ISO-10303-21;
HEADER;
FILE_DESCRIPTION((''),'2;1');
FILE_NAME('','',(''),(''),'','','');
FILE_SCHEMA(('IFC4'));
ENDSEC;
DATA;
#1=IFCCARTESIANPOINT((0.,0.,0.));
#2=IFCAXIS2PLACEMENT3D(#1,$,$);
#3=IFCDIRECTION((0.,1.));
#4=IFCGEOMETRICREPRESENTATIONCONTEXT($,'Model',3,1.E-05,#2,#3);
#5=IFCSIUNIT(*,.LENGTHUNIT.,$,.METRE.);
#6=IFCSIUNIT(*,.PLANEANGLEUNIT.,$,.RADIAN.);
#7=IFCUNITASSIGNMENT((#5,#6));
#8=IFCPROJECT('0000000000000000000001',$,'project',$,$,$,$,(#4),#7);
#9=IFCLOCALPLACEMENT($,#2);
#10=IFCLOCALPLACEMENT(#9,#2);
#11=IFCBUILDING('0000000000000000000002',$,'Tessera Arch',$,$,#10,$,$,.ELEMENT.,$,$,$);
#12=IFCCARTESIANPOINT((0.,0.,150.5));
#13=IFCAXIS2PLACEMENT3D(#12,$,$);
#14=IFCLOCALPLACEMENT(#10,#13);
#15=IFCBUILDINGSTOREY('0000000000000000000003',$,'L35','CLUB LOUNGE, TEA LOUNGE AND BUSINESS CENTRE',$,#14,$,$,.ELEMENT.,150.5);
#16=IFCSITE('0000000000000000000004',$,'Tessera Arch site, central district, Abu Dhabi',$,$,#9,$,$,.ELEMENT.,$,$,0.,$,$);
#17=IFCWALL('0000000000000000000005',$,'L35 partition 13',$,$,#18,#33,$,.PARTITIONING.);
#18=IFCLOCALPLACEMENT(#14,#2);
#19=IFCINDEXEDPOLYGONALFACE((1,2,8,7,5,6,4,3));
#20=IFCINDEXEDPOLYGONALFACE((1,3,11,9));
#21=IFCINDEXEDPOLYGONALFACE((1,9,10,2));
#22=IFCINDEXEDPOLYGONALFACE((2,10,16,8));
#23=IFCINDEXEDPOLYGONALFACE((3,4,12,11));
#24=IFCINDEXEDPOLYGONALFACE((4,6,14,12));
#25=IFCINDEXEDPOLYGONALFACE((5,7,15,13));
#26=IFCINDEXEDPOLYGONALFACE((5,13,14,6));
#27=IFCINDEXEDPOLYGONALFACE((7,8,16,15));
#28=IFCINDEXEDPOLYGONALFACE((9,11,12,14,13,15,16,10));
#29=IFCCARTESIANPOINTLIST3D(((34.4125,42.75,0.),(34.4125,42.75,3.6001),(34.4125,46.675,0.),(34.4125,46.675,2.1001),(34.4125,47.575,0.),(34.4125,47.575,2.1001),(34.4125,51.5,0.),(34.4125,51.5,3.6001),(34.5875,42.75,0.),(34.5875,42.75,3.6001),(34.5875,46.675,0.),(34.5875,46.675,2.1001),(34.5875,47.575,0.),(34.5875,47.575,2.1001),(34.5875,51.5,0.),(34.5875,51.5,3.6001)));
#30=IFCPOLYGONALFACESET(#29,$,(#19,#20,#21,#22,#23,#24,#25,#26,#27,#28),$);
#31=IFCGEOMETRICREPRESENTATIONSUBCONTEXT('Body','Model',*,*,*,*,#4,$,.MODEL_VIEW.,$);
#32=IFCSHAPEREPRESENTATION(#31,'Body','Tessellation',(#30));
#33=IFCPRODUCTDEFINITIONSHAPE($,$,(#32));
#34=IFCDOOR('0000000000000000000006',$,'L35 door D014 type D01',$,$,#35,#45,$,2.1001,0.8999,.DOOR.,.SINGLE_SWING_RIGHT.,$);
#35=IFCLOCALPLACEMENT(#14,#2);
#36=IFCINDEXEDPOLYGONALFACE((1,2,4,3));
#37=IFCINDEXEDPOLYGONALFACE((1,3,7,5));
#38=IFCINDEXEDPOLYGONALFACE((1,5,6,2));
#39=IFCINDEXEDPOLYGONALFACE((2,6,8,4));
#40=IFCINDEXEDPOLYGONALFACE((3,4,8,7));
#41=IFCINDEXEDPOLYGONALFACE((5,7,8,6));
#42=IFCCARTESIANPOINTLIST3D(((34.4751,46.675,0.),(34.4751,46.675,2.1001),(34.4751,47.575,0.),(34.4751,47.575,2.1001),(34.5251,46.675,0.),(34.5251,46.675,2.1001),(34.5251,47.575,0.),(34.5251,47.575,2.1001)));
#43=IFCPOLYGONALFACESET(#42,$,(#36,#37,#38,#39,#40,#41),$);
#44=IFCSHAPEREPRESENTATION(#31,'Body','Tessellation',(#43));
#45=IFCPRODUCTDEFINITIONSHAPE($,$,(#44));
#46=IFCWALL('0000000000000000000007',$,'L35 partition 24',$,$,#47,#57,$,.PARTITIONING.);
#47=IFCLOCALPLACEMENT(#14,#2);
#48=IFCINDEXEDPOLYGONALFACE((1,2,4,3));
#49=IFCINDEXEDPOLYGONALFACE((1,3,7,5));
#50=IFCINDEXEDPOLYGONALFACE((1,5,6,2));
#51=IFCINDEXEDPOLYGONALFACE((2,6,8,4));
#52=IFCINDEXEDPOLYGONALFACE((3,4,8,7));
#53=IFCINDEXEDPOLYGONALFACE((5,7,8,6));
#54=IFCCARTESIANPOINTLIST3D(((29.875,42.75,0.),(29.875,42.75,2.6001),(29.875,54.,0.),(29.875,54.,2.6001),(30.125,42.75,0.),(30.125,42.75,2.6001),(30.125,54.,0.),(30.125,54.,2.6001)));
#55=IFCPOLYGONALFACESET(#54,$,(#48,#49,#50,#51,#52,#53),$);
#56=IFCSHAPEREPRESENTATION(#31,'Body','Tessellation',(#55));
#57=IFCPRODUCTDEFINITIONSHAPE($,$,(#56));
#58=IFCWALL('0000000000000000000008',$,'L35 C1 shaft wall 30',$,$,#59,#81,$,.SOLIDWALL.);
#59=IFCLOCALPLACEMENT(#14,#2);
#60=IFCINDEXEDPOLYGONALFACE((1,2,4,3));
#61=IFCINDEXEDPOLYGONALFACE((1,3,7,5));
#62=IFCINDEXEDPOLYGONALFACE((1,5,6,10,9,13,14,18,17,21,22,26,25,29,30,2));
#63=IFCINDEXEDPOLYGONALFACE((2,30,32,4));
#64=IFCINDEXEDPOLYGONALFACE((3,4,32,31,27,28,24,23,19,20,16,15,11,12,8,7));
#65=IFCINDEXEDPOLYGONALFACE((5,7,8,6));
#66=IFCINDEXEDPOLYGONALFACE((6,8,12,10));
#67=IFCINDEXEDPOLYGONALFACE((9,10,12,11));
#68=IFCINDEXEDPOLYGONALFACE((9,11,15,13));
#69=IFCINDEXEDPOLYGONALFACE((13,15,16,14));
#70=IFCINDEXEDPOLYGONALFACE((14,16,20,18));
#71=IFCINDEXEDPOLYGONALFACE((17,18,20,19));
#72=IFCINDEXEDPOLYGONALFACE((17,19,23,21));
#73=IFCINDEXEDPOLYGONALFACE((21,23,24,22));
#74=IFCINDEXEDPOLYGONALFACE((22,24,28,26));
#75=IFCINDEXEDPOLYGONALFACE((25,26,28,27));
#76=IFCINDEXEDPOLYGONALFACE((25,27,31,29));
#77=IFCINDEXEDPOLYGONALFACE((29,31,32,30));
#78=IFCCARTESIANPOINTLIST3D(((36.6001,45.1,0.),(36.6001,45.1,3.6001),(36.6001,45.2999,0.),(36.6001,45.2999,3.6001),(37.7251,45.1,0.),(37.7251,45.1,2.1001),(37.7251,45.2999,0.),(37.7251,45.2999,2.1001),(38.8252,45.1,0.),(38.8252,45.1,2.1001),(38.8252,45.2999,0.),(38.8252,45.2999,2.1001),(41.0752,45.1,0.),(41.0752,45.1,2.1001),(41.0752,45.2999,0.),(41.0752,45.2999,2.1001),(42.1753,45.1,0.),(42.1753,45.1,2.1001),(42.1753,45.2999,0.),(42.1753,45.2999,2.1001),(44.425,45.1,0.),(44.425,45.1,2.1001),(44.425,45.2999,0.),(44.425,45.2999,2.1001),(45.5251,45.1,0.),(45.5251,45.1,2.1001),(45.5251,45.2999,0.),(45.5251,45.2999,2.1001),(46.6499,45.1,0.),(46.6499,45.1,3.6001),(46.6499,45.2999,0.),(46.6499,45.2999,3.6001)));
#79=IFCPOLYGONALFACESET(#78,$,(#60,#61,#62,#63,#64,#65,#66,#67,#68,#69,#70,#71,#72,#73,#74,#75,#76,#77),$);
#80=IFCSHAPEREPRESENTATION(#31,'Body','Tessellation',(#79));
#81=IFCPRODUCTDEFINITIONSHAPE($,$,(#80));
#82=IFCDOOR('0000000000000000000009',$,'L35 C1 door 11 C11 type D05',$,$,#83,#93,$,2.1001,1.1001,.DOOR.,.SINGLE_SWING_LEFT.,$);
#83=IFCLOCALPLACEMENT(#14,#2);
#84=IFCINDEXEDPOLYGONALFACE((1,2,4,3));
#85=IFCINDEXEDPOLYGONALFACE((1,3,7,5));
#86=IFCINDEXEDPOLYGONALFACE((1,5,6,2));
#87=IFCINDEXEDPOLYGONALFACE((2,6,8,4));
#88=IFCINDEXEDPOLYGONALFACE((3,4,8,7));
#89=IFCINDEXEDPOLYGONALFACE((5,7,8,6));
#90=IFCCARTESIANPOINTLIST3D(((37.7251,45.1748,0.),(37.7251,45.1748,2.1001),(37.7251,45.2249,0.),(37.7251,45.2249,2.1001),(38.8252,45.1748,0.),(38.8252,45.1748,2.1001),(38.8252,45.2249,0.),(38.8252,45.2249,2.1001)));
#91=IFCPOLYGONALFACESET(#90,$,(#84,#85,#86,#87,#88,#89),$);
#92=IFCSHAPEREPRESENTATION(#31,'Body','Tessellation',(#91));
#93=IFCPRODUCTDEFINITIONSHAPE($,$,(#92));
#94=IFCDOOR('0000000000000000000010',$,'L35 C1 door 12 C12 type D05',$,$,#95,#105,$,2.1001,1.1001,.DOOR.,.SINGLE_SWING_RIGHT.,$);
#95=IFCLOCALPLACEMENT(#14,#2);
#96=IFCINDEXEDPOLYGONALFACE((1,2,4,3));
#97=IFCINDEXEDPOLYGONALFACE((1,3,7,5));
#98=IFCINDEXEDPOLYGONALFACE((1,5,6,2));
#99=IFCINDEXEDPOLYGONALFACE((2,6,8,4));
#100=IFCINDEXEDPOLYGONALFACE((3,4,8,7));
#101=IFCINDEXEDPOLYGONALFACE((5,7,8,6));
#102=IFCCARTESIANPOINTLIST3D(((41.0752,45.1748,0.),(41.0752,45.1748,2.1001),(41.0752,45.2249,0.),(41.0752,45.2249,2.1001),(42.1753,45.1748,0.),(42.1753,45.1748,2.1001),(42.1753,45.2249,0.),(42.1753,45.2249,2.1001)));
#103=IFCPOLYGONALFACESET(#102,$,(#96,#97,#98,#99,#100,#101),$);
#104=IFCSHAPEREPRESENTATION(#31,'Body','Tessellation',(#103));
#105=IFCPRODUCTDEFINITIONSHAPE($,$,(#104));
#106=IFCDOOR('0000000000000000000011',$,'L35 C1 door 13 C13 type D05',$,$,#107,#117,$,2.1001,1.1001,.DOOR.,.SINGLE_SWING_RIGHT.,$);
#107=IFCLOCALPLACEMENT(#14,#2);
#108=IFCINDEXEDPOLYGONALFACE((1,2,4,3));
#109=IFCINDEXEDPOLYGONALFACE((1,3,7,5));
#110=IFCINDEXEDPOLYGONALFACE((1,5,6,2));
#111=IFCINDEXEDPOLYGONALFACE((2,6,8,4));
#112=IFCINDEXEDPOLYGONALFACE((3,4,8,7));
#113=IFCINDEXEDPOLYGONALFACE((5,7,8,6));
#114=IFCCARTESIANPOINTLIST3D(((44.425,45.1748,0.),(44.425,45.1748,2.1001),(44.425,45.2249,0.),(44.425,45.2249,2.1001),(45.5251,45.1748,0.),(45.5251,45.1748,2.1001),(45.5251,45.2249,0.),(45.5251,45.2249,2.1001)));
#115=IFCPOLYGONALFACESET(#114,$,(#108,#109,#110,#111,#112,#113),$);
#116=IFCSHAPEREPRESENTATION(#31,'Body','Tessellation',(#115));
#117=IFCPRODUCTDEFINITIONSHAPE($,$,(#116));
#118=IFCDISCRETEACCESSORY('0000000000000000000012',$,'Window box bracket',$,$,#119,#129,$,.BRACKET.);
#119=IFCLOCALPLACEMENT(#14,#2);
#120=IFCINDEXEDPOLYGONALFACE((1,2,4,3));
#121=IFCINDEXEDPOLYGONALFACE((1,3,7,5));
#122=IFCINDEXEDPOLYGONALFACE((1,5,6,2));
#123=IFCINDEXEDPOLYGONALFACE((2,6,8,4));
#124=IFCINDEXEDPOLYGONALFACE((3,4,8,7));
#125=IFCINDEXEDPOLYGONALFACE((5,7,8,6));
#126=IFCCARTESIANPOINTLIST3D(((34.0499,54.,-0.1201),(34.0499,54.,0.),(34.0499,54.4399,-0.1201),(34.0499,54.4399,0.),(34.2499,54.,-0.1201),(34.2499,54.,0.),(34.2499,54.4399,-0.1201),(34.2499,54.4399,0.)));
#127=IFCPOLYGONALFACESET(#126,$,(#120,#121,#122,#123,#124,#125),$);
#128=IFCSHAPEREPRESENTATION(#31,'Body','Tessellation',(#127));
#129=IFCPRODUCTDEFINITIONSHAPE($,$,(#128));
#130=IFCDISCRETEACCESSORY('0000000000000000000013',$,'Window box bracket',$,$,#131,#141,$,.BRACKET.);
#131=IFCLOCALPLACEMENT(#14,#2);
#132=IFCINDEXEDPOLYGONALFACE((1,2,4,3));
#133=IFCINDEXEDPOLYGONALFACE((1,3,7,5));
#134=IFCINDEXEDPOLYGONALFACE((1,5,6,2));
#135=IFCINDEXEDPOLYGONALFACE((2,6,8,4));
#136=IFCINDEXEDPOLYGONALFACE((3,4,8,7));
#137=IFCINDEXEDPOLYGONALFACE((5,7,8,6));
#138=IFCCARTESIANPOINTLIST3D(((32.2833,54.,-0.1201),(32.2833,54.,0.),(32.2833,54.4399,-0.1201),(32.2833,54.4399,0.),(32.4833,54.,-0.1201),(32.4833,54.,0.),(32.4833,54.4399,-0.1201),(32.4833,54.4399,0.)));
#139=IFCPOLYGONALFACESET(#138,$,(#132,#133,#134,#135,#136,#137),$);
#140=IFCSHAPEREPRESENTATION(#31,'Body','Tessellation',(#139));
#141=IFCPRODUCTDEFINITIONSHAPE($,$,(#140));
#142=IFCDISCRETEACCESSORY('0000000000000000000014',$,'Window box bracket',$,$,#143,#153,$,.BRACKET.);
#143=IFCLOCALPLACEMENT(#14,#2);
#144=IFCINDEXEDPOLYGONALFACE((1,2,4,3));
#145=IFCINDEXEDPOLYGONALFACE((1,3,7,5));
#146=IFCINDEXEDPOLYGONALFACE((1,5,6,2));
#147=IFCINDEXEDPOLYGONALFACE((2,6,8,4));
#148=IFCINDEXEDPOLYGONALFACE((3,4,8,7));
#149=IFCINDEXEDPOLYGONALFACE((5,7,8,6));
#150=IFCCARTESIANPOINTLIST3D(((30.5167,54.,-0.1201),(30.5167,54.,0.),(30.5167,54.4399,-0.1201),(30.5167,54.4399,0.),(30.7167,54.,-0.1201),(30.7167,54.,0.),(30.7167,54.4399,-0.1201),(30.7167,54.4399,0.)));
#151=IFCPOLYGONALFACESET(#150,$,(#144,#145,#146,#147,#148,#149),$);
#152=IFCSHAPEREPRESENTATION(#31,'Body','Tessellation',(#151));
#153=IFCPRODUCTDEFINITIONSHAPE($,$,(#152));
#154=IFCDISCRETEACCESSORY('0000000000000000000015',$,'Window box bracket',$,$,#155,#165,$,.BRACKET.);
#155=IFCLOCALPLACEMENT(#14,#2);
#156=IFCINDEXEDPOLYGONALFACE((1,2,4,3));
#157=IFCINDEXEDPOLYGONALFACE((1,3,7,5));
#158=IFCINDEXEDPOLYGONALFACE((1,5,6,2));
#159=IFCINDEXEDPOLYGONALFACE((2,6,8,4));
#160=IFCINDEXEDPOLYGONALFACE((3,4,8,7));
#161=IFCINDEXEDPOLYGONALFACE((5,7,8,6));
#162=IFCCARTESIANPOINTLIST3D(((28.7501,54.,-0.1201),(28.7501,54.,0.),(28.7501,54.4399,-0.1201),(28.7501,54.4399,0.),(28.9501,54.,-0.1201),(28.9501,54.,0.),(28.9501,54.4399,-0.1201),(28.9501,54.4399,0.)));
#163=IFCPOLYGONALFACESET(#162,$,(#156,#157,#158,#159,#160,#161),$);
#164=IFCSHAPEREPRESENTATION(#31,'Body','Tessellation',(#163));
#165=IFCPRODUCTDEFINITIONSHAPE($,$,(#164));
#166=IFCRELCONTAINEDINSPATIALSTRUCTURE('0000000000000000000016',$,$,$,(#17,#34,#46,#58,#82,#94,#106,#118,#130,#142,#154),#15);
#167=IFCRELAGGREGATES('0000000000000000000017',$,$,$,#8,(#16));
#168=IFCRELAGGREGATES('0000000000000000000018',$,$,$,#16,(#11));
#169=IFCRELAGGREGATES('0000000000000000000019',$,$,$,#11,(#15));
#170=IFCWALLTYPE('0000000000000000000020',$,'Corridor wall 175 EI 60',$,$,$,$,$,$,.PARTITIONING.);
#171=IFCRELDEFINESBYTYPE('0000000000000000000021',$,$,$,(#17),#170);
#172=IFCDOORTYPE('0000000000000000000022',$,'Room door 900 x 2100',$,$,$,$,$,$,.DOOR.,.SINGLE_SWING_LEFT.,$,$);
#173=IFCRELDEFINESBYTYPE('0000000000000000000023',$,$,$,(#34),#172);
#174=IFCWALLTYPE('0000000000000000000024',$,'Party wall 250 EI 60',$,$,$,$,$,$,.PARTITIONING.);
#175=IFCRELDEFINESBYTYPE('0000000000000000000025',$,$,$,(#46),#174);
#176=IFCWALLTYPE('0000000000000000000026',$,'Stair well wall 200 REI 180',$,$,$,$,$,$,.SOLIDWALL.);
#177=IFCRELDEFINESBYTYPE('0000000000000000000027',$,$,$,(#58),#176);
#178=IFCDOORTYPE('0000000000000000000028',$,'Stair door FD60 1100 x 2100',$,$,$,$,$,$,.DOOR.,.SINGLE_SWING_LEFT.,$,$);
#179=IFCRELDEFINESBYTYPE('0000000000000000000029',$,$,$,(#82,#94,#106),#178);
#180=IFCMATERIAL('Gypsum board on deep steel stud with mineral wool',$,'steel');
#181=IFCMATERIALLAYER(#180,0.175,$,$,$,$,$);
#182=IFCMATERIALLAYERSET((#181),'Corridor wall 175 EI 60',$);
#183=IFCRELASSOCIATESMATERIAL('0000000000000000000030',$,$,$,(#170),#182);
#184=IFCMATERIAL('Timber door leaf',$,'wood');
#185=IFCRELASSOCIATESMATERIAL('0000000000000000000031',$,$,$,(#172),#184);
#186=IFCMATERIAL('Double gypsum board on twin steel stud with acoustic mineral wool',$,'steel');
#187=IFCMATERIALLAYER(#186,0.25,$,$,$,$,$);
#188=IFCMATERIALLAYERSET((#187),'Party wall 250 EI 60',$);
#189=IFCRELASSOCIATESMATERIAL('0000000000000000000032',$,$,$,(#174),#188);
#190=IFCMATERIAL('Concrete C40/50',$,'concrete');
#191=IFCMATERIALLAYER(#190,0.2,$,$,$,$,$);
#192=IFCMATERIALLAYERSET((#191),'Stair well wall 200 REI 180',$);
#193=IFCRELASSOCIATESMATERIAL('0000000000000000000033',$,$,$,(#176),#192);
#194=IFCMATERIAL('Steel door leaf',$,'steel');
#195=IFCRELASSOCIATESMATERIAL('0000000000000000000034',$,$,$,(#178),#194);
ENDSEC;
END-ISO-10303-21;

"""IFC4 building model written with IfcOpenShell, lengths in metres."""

from ifc_helpers import new_model, si_unit, direction, frame, frame_2d, origin, origin_2d, place, context, subcontext, project, spatial, rectangle, extrude, material, layer, layer_set, type_object, element, fill, save


model = new_model("IFC4")

# Units and contexts
model_context = context("Model", 3, precision=1e-05, world=origin(), true_north=direction((0.0, 1.0)))
body_context = subcontext(model_context, "Body", "Model", "MODEL_VIEW")
ifc_project = project(units=[si_unit("LENGTHUNIT", "METRE"), si_unit("PLANEANGLEUNIT", "RADIAN")], contexts=[model_context])

# Site, building, storey
site_placement = place(None, origin())
site = spatial("IfcSite", under=ifc_project, at=site_placement, Name="Tessera Arch site, central district, Abu Dhabi", CompositionType="ELEMENT", RefElevation=0.0)
building_placement = place(site_placement, origin())
building = spatial("IfcBuilding", under=site, at=building_placement, Name="Tessera Arch", CompositionType="ELEMENT")
storey_placement = place(building_placement, frame((0.0, 0.0, 150.5)))
storey = spatial("IfcBuildingStorey", under=building, at=storey_placement, Name="L35", Description="CLUB LOUNGE, TEA LOUNGE AND BUSINESS CENTRE", CompositionType="ELEMENT", Elevation=150.5)

# Shared definitions
ifc_material_1 = material(Name="Gypsum board on deep steel stud with mineral wool", Category="steel")
ifc_layer_1 = layer(ifc_material_1, 0.175)
ifc_layer_set_1 = layer_set([ifc_layer_1], Name="Corridor wall 175 EI 60")
wall_type_1 = type_object("IfcWallType", Name="Corridor wall 175 EI 60", PredefinedType="PARTITIONING", material=ifc_layer_set_1)

# Wall, opening, door
wall_1_placement = place(storey_placement, frame((34.5, 42.75, 0.0), z_axis=(0.0, 0.0, 1.0), x_axis=(0.0, 1.0, 0.0)))
wall_1 = element("IfcWall", 1, at=wall_1_placement, inside=storey, type_object=wall_type_1, Name="L35 partition 13", PredefinedType="PARTITIONING", context=body_context, shape_type="SweptSolid", body=[
    extrude(rectangle(XDim=8.75, YDim=0.175, at=frame_2d((4.375, 0.0))), origin(), (0.0, 0.0, 1.0), 3.6001),
])
opening_1_placement = place(wall_1_placement, frame((3.925, 0.0, 0.0)))
opening_1 = element("IfcOpeningElement", 2, at=opening_1_placement, cuts=wall_1, PredefinedType="OPENING", context=body_context, shape_type="SweptSolid", body=[
    extrude(rectangle(XDim=0.8999, YDim=2.1001, at=frame_2d((0.45, 1.05))), frame((0.0, 0.0974, 0.0), z_axis=(0.0, -1.0, 0.0), x_axis=(1.0, 0.0, 0.0)), (0.0, 0.0, 1.0), 0.1951),
])
ifc_material_2 = material(Name="Timber door leaf", Category="wood")
door_type_1 = type_object("IfcDoorType", Name="Room door 900 x 2100", OperationType="SINGLE_SWING_LEFT", PredefinedType="DOOR", material=ifc_material_2)
door_1_placement = place(opening_1_placement, origin())
door_1 = element("IfcDoor", 3, at=door_1_placement, inside=storey, type_object=door_type_1, Name="L35 door D014 type D01", OperationType="SINGLE_SWING_RIGHT", OverallHeight=2.1001, OverallWidth=0.8999, PredefinedType="DOOR", context=body_context, shape_type="SweptSolid", body=[
    extrude(rectangle(XDim=0.8999, YDim=2.1001, at=frame_2d((0.45, 1.05))), frame((0.0, 0.0249, 0.0), z_axis=(0.0, -1.0, 0.0), x_axis=(1.0, 0.0, 0.0)), (0.0, 0.0, 1.0), 0.05),
])
fill(opening_1, door_1)

# Wall
ifc_material_3 = material(Name="Double gypsum board on twin steel stud with acoustic mineral wool", Category="steel")
ifc_layer_2 = layer(ifc_material_3, 0.25)
ifc_layer_set_2 = layer_set([ifc_layer_2], Name="Party wall 250 EI 60")
wall_type_2 = type_object("IfcWallType", Name="Party wall 250 EI 60", PredefinedType="PARTITIONING", material=ifc_layer_set_2)
wall_2_placement = place(storey_placement, frame((30.0, 42.75, 0.0), z_axis=(0.0, 0.0, 1.0), x_axis=(0.0, 1.0, 0.0)))
element("IfcWall", 4, at=wall_2_placement, inside=storey, type_object=wall_type_2, Name="L35 partition 24", PredefinedType="PARTITIONING", context=body_context, shape_type="SweptSolid", body=[
    extrude(rectangle(XDim=11.25, YDim=0.25, at=frame_2d((5.625, 0.0))), origin(), (0.0, 0.0, 1.0), 2.6001),
])

# Wall, openings, doors
ifc_material_4 = material(Name="Concrete C40/50", Category="concrete")
ifc_layer_3 = layer(ifc_material_4, 0.2)
ifc_layer_set_3 = layer_set([ifc_layer_3], Name="Stair well wall 200 REI 180")
wall_type_3 = type_object("IfcWallType", Name="Stair well wall 200 REI 180", PredefinedType="SOLIDWALL", material=ifc_layer_set_3)
wall_3_placement = place(storey_placement, frame((36.6001, 45.2, 0.0), z_axis=(0.0, 0.0, 1.0), x_axis=(1.0, 0.0, 0.0)))
wall_3 = element("IfcWall", 5, at=wall_3_placement, inside=storey, type_object=wall_type_3, Name="L35 C1 shaft wall 30", PredefinedType="SOLIDWALL", context=body_context, shape_type="SweptSolid", body=[
    extrude(rectangle(XDim=10.0498, YDim=0.2, at=frame_2d((5.0249, 0.0))), origin(), (0.0, 0.0, 1.0), 3.6001),
])
opening_2_placement = place(wall_3_placement, frame((1.125, 0.0, 0.0)))
opening_2 = element("IfcOpeningElement", 6, at=opening_2_placement, cuts=wall_3, PredefinedType="OPENING", context=body_context, shape_type="SweptSolid", body=[
    extrude(rectangle(XDim=1.1001, YDim=2.1001, at=frame_2d((0.55, 1.05))), frame((0.0, 0.1099, 0.0), z_axis=(0.0, -1.0, 0.0), x_axis=(1.0, 0.0, 0.0)), (0.0, 0.0, 1.0), 0.22),
])
opening_3_placement = place(wall_3_placement, frame((4.4751, 0.0, 0.0)))
opening_3 = element("IfcOpeningElement", 7, at=opening_3_placement, cuts=wall_3, PredefinedType="OPENING", context=body_context, shape_type="SweptSolid", body=[
    extrude(rectangle(XDim=1.1001, YDim=2.1001, at=frame_2d((0.55, 1.05))), frame((0.0, 0.1099, 0.0), z_axis=(0.0, -1.0, 0.0), x_axis=(1.0, 0.0, 0.0)), (0.0, 0.0, 1.0), 0.22),
])
opening_4_placement = place(wall_3_placement, frame((7.825, 0.0, 0.0)))
opening_4 = element("IfcOpeningElement", 8, at=opening_4_placement, cuts=wall_3, PredefinedType="OPENING", context=body_context, shape_type="SweptSolid", body=[
    extrude(rectangle(XDim=1.1001, YDim=2.1001, at=frame_2d((0.55, 1.05))), frame((0.0, 0.1099, 0.0), z_axis=(0.0, -1.0, 0.0), x_axis=(1.0, 0.0, 0.0)), (0.0, 0.0, 1.0), 0.22),
])
ifc_material_5 = material(Name="Steel door leaf", Category="steel")
door_type_2 = type_object("IfcDoorType", Name="Stair door FD60 1100 x 2100", OperationType="SINGLE_SWING_LEFT", PredefinedType="DOOR", material=ifc_material_5)
door_2_placement = place(opening_2_placement, origin())
door_2 = element("IfcDoor", 9, at=door_2_placement, inside=storey, type_object=door_type_2, Name="L35 C1 door 11 C11 type D05", OperationType="SINGLE_SWING_LEFT", OverallHeight=2.1001, OverallWidth=1.1001, PredefinedType="DOOR", context=body_context, shape_type="SweptSolid", body=[
    extrude(rectangle(XDim=1.1001, YDim=2.1001, at=frame_2d((0.55, 1.05))), frame((0.0, 0.0249, 0.0), z_axis=(0.0, -1.0, 0.0), x_axis=(1.0, 0.0, 0.0)), (0.0, 0.0, 1.0), 0.05),
])
fill(opening_2, door_2)
door_3_placement = place(opening_3_placement, origin())
door_3 = element("IfcDoor", 10, at=door_3_placement, inside=storey, type_object=door_type_2, Name="L35 C1 door 12 C12 type D05", OperationType="SINGLE_SWING_RIGHT", OverallHeight=2.1001, OverallWidth=1.1001, PredefinedType="DOOR", context=body_context, shape_type="SweptSolid", body=[
    extrude(rectangle(XDim=1.1001, YDim=2.1001, at=frame_2d((0.55, 1.05))), frame((0.0, 0.0249, 0.0), z_axis=(0.0, -1.0, 0.0), x_axis=(1.0, 0.0, 0.0)), (0.0, 0.0, 1.0), 0.05),
])
fill(opening_3, door_3)
door_4_placement = place(opening_4_placement, origin())
door_4 = element("IfcDoor", 11, at=door_4_placement, inside=storey, type_object=door_type_2, Name="L35 C1 door 13 C13 type D05", OperationType="SINGLE_SWING_RIGHT", OverallHeight=2.1001, OverallWidth=1.1001, PredefinedType="DOOR", context=body_context, shape_type="SweptSolid", body=[
    extrude(rectangle(XDim=1.1001, YDim=2.1001, at=frame_2d((0.55, 1.05))), frame((0.0, 0.0249, 0.0), z_axis=(0.0, -1.0, 0.0), x_axis=(1.0, 0.0, 0.0)), (0.0, 0.0, 1.0), 0.05),
])
fill(opening_4, door_4)

# Discrete accessories
for number, where, z_axis, x_axis, name in (
    (12, (34.1499, 54.22, -0.1201), (0.0, 0.0, 1.0), (0.0, 1.0, 0.0), "Window box bracket"),
    (13, (32.3833, 54.22, -0.1201), (0.0, 0.0, 1.0), (0.0, 1.0, 0.0), "Window box bracket"),
    (14, (30.6167, 54.22, -0.1201), (0.0, 0.0, 1.0), (0.0, 1.0, 0.0), "Window box bracket"),
    (15, (28.8501, 54.22, -0.1201), (0.0, 0.0, 1.0), (0.0, 1.0, 0.0), "Window box bracket"),
):
    element("IfcDiscreteAccessory", number, at=place(storey_placement, frame(where, z_axis=z_axis, x_axis=x_axis)), inside=storey, Name=name, PredefinedType="BRACKET", context=body_context, shape_type="SweptSolid", body=[
        extrude(rectangle(XDim=0.4399, YDim=0.2, at=origin_2d()), origin(), (0.0, 0.0, 1.0), 0.1201),
    ])

save(model, "model.ifc")
